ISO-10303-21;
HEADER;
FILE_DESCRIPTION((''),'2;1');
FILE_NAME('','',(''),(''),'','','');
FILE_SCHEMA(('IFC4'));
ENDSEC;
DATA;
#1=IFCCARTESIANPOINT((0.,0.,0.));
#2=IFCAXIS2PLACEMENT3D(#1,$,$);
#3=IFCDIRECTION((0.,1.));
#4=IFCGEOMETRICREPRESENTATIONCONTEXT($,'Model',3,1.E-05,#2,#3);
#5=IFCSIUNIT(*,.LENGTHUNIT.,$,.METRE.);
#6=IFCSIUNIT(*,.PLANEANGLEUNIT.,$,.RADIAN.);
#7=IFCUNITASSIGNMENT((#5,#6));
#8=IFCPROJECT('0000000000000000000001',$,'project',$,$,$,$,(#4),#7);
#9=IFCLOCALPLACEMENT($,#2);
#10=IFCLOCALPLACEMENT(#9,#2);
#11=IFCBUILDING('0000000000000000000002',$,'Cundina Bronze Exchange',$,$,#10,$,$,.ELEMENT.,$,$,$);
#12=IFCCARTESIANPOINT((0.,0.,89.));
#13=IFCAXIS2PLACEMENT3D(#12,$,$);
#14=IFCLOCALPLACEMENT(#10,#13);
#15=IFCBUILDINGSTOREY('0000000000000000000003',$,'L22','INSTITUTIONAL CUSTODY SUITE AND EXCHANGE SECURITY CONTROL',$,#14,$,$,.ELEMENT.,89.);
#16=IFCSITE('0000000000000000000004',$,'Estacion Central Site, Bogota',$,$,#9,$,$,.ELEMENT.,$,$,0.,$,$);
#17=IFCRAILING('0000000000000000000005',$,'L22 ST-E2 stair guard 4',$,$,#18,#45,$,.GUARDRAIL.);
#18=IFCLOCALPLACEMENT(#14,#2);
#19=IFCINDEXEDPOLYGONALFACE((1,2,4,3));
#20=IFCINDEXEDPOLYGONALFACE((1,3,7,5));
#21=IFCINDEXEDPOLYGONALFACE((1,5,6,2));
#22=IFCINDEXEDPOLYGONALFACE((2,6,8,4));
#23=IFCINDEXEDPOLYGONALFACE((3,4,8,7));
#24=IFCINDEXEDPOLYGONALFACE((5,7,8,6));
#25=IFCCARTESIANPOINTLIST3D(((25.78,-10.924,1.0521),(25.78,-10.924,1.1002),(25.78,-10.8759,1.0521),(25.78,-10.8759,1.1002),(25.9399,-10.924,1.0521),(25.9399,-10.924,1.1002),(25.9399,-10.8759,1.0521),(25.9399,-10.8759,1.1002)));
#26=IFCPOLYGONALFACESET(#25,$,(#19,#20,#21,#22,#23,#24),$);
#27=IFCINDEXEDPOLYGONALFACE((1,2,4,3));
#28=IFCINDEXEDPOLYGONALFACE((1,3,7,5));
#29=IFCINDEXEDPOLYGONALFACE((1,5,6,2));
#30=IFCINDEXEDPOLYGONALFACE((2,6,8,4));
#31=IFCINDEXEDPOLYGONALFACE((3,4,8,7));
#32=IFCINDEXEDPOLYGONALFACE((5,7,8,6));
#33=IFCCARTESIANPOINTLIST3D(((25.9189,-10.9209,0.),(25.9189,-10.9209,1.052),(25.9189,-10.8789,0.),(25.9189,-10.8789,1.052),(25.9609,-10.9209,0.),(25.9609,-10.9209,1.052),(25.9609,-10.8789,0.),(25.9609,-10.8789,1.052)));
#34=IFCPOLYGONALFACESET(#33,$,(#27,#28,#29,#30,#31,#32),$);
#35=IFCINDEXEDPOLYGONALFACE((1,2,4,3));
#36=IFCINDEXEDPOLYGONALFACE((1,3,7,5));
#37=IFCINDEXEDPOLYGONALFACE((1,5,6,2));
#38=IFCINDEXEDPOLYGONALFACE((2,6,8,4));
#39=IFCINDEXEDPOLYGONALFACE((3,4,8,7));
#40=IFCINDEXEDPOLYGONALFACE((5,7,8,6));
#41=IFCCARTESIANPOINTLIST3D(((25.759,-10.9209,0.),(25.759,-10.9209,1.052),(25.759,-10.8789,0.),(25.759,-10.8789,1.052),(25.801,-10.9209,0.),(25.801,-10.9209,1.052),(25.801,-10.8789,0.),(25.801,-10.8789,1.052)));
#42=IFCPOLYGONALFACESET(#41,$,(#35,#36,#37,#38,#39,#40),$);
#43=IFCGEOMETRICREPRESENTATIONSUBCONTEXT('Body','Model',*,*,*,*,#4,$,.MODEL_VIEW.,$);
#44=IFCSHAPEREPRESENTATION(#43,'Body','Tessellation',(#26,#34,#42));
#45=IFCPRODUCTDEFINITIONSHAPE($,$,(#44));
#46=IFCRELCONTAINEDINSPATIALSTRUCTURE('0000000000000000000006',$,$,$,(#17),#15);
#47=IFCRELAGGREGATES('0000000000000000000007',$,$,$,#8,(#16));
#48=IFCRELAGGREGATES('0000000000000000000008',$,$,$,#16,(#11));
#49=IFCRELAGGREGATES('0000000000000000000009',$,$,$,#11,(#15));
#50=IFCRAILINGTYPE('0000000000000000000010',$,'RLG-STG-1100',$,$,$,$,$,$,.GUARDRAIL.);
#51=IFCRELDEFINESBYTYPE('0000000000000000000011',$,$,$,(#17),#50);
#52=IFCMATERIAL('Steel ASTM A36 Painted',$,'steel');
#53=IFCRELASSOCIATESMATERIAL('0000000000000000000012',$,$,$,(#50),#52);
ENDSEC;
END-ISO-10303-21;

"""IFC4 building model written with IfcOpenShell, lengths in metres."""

from ifc_helpers import new_model, si_unit, direction, frame, origin, origin_2d, place, context, subcontext, project, spatial, rectangle, extrude, material, type_object, element, save


model = new_model("IFC4")

# Units and contexts
model_context = context("Model", 3, precision=1e-05, world=origin(), true_north=direction((0.0, 1.0)))
body_context = subcontext(model_context, "Body", "Model", "MODEL_VIEW")
ifc_project = project(units=[si_unit("LENGTHUNIT", "METRE"), si_unit("PLANEANGLEUNIT", "RADIAN")], contexts=[model_context])

# Site, building, storey
site_placement = place(None, origin())
site = spatial("IfcSite", under=ifc_project, at=site_placement, Name="Estacion Central Site, Bogota", CompositionType="ELEMENT", RefElevation=0.0)
building_placement = place(site_placement, origin())
building = spatial("IfcBuilding", under=site, at=building_placement, Name="Cundina Bronze Exchange", CompositionType="ELEMENT")
storey_placement = place(building_placement, frame((0.0, 0.0, 89.0)))
storey = spatial("IfcBuildingStorey", under=building, at=storey_placement, Name="L22", Description="INSTITUTIONAL CUSTODY SUITE AND EXCHANGE SECURITY CONTROL", CompositionType="ELEMENT", Elevation=89.0)

# Shared definitions
ifc_material_1 = material(Name="Steel ASTM A36 Painted", Category="steel")

# Railing
railing_type_1 = type_object("IfcRailingType", Name="RLG-STG-1100", PredefinedType="GUARDRAIL", material=ifc_material_1)
railing_1_placement = place(storey_placement, frame((25.9399, -10.8999, 0.0)))
element("IfcRailing", 1, at=railing_1_placement, inside=storey, type_object=railing_type_1, Name="L22 ST-E2 stair guard 4", PredefinedType="GUARDRAIL", context=body_context, shape_type="SweptSolid", body=[
    extrude(rectangle(XDim=0.0481, YDim=0.0481, at=origin_2d()), frame((0.0, 0.0, 1.0762), z_axis=(-1.0, 0.0, 0.0), x_axis=(0.0, -1.0, 0.0)), (0.0, 0.0, 1.0), 0.1599),
    extrude(rectangle(XDim=0.042, YDim=0.042, at=origin_2d()), origin(), (0.0, 0.0, 1.0), 1.052),
    extrude(rectangle(XDim=0.042, YDim=0.042, at=origin_2d()), frame((-0.1599, 0.0, 0.0)), (0.0, 0.0, 1.0), 1.052),
])

save(model, "model.ifc")
